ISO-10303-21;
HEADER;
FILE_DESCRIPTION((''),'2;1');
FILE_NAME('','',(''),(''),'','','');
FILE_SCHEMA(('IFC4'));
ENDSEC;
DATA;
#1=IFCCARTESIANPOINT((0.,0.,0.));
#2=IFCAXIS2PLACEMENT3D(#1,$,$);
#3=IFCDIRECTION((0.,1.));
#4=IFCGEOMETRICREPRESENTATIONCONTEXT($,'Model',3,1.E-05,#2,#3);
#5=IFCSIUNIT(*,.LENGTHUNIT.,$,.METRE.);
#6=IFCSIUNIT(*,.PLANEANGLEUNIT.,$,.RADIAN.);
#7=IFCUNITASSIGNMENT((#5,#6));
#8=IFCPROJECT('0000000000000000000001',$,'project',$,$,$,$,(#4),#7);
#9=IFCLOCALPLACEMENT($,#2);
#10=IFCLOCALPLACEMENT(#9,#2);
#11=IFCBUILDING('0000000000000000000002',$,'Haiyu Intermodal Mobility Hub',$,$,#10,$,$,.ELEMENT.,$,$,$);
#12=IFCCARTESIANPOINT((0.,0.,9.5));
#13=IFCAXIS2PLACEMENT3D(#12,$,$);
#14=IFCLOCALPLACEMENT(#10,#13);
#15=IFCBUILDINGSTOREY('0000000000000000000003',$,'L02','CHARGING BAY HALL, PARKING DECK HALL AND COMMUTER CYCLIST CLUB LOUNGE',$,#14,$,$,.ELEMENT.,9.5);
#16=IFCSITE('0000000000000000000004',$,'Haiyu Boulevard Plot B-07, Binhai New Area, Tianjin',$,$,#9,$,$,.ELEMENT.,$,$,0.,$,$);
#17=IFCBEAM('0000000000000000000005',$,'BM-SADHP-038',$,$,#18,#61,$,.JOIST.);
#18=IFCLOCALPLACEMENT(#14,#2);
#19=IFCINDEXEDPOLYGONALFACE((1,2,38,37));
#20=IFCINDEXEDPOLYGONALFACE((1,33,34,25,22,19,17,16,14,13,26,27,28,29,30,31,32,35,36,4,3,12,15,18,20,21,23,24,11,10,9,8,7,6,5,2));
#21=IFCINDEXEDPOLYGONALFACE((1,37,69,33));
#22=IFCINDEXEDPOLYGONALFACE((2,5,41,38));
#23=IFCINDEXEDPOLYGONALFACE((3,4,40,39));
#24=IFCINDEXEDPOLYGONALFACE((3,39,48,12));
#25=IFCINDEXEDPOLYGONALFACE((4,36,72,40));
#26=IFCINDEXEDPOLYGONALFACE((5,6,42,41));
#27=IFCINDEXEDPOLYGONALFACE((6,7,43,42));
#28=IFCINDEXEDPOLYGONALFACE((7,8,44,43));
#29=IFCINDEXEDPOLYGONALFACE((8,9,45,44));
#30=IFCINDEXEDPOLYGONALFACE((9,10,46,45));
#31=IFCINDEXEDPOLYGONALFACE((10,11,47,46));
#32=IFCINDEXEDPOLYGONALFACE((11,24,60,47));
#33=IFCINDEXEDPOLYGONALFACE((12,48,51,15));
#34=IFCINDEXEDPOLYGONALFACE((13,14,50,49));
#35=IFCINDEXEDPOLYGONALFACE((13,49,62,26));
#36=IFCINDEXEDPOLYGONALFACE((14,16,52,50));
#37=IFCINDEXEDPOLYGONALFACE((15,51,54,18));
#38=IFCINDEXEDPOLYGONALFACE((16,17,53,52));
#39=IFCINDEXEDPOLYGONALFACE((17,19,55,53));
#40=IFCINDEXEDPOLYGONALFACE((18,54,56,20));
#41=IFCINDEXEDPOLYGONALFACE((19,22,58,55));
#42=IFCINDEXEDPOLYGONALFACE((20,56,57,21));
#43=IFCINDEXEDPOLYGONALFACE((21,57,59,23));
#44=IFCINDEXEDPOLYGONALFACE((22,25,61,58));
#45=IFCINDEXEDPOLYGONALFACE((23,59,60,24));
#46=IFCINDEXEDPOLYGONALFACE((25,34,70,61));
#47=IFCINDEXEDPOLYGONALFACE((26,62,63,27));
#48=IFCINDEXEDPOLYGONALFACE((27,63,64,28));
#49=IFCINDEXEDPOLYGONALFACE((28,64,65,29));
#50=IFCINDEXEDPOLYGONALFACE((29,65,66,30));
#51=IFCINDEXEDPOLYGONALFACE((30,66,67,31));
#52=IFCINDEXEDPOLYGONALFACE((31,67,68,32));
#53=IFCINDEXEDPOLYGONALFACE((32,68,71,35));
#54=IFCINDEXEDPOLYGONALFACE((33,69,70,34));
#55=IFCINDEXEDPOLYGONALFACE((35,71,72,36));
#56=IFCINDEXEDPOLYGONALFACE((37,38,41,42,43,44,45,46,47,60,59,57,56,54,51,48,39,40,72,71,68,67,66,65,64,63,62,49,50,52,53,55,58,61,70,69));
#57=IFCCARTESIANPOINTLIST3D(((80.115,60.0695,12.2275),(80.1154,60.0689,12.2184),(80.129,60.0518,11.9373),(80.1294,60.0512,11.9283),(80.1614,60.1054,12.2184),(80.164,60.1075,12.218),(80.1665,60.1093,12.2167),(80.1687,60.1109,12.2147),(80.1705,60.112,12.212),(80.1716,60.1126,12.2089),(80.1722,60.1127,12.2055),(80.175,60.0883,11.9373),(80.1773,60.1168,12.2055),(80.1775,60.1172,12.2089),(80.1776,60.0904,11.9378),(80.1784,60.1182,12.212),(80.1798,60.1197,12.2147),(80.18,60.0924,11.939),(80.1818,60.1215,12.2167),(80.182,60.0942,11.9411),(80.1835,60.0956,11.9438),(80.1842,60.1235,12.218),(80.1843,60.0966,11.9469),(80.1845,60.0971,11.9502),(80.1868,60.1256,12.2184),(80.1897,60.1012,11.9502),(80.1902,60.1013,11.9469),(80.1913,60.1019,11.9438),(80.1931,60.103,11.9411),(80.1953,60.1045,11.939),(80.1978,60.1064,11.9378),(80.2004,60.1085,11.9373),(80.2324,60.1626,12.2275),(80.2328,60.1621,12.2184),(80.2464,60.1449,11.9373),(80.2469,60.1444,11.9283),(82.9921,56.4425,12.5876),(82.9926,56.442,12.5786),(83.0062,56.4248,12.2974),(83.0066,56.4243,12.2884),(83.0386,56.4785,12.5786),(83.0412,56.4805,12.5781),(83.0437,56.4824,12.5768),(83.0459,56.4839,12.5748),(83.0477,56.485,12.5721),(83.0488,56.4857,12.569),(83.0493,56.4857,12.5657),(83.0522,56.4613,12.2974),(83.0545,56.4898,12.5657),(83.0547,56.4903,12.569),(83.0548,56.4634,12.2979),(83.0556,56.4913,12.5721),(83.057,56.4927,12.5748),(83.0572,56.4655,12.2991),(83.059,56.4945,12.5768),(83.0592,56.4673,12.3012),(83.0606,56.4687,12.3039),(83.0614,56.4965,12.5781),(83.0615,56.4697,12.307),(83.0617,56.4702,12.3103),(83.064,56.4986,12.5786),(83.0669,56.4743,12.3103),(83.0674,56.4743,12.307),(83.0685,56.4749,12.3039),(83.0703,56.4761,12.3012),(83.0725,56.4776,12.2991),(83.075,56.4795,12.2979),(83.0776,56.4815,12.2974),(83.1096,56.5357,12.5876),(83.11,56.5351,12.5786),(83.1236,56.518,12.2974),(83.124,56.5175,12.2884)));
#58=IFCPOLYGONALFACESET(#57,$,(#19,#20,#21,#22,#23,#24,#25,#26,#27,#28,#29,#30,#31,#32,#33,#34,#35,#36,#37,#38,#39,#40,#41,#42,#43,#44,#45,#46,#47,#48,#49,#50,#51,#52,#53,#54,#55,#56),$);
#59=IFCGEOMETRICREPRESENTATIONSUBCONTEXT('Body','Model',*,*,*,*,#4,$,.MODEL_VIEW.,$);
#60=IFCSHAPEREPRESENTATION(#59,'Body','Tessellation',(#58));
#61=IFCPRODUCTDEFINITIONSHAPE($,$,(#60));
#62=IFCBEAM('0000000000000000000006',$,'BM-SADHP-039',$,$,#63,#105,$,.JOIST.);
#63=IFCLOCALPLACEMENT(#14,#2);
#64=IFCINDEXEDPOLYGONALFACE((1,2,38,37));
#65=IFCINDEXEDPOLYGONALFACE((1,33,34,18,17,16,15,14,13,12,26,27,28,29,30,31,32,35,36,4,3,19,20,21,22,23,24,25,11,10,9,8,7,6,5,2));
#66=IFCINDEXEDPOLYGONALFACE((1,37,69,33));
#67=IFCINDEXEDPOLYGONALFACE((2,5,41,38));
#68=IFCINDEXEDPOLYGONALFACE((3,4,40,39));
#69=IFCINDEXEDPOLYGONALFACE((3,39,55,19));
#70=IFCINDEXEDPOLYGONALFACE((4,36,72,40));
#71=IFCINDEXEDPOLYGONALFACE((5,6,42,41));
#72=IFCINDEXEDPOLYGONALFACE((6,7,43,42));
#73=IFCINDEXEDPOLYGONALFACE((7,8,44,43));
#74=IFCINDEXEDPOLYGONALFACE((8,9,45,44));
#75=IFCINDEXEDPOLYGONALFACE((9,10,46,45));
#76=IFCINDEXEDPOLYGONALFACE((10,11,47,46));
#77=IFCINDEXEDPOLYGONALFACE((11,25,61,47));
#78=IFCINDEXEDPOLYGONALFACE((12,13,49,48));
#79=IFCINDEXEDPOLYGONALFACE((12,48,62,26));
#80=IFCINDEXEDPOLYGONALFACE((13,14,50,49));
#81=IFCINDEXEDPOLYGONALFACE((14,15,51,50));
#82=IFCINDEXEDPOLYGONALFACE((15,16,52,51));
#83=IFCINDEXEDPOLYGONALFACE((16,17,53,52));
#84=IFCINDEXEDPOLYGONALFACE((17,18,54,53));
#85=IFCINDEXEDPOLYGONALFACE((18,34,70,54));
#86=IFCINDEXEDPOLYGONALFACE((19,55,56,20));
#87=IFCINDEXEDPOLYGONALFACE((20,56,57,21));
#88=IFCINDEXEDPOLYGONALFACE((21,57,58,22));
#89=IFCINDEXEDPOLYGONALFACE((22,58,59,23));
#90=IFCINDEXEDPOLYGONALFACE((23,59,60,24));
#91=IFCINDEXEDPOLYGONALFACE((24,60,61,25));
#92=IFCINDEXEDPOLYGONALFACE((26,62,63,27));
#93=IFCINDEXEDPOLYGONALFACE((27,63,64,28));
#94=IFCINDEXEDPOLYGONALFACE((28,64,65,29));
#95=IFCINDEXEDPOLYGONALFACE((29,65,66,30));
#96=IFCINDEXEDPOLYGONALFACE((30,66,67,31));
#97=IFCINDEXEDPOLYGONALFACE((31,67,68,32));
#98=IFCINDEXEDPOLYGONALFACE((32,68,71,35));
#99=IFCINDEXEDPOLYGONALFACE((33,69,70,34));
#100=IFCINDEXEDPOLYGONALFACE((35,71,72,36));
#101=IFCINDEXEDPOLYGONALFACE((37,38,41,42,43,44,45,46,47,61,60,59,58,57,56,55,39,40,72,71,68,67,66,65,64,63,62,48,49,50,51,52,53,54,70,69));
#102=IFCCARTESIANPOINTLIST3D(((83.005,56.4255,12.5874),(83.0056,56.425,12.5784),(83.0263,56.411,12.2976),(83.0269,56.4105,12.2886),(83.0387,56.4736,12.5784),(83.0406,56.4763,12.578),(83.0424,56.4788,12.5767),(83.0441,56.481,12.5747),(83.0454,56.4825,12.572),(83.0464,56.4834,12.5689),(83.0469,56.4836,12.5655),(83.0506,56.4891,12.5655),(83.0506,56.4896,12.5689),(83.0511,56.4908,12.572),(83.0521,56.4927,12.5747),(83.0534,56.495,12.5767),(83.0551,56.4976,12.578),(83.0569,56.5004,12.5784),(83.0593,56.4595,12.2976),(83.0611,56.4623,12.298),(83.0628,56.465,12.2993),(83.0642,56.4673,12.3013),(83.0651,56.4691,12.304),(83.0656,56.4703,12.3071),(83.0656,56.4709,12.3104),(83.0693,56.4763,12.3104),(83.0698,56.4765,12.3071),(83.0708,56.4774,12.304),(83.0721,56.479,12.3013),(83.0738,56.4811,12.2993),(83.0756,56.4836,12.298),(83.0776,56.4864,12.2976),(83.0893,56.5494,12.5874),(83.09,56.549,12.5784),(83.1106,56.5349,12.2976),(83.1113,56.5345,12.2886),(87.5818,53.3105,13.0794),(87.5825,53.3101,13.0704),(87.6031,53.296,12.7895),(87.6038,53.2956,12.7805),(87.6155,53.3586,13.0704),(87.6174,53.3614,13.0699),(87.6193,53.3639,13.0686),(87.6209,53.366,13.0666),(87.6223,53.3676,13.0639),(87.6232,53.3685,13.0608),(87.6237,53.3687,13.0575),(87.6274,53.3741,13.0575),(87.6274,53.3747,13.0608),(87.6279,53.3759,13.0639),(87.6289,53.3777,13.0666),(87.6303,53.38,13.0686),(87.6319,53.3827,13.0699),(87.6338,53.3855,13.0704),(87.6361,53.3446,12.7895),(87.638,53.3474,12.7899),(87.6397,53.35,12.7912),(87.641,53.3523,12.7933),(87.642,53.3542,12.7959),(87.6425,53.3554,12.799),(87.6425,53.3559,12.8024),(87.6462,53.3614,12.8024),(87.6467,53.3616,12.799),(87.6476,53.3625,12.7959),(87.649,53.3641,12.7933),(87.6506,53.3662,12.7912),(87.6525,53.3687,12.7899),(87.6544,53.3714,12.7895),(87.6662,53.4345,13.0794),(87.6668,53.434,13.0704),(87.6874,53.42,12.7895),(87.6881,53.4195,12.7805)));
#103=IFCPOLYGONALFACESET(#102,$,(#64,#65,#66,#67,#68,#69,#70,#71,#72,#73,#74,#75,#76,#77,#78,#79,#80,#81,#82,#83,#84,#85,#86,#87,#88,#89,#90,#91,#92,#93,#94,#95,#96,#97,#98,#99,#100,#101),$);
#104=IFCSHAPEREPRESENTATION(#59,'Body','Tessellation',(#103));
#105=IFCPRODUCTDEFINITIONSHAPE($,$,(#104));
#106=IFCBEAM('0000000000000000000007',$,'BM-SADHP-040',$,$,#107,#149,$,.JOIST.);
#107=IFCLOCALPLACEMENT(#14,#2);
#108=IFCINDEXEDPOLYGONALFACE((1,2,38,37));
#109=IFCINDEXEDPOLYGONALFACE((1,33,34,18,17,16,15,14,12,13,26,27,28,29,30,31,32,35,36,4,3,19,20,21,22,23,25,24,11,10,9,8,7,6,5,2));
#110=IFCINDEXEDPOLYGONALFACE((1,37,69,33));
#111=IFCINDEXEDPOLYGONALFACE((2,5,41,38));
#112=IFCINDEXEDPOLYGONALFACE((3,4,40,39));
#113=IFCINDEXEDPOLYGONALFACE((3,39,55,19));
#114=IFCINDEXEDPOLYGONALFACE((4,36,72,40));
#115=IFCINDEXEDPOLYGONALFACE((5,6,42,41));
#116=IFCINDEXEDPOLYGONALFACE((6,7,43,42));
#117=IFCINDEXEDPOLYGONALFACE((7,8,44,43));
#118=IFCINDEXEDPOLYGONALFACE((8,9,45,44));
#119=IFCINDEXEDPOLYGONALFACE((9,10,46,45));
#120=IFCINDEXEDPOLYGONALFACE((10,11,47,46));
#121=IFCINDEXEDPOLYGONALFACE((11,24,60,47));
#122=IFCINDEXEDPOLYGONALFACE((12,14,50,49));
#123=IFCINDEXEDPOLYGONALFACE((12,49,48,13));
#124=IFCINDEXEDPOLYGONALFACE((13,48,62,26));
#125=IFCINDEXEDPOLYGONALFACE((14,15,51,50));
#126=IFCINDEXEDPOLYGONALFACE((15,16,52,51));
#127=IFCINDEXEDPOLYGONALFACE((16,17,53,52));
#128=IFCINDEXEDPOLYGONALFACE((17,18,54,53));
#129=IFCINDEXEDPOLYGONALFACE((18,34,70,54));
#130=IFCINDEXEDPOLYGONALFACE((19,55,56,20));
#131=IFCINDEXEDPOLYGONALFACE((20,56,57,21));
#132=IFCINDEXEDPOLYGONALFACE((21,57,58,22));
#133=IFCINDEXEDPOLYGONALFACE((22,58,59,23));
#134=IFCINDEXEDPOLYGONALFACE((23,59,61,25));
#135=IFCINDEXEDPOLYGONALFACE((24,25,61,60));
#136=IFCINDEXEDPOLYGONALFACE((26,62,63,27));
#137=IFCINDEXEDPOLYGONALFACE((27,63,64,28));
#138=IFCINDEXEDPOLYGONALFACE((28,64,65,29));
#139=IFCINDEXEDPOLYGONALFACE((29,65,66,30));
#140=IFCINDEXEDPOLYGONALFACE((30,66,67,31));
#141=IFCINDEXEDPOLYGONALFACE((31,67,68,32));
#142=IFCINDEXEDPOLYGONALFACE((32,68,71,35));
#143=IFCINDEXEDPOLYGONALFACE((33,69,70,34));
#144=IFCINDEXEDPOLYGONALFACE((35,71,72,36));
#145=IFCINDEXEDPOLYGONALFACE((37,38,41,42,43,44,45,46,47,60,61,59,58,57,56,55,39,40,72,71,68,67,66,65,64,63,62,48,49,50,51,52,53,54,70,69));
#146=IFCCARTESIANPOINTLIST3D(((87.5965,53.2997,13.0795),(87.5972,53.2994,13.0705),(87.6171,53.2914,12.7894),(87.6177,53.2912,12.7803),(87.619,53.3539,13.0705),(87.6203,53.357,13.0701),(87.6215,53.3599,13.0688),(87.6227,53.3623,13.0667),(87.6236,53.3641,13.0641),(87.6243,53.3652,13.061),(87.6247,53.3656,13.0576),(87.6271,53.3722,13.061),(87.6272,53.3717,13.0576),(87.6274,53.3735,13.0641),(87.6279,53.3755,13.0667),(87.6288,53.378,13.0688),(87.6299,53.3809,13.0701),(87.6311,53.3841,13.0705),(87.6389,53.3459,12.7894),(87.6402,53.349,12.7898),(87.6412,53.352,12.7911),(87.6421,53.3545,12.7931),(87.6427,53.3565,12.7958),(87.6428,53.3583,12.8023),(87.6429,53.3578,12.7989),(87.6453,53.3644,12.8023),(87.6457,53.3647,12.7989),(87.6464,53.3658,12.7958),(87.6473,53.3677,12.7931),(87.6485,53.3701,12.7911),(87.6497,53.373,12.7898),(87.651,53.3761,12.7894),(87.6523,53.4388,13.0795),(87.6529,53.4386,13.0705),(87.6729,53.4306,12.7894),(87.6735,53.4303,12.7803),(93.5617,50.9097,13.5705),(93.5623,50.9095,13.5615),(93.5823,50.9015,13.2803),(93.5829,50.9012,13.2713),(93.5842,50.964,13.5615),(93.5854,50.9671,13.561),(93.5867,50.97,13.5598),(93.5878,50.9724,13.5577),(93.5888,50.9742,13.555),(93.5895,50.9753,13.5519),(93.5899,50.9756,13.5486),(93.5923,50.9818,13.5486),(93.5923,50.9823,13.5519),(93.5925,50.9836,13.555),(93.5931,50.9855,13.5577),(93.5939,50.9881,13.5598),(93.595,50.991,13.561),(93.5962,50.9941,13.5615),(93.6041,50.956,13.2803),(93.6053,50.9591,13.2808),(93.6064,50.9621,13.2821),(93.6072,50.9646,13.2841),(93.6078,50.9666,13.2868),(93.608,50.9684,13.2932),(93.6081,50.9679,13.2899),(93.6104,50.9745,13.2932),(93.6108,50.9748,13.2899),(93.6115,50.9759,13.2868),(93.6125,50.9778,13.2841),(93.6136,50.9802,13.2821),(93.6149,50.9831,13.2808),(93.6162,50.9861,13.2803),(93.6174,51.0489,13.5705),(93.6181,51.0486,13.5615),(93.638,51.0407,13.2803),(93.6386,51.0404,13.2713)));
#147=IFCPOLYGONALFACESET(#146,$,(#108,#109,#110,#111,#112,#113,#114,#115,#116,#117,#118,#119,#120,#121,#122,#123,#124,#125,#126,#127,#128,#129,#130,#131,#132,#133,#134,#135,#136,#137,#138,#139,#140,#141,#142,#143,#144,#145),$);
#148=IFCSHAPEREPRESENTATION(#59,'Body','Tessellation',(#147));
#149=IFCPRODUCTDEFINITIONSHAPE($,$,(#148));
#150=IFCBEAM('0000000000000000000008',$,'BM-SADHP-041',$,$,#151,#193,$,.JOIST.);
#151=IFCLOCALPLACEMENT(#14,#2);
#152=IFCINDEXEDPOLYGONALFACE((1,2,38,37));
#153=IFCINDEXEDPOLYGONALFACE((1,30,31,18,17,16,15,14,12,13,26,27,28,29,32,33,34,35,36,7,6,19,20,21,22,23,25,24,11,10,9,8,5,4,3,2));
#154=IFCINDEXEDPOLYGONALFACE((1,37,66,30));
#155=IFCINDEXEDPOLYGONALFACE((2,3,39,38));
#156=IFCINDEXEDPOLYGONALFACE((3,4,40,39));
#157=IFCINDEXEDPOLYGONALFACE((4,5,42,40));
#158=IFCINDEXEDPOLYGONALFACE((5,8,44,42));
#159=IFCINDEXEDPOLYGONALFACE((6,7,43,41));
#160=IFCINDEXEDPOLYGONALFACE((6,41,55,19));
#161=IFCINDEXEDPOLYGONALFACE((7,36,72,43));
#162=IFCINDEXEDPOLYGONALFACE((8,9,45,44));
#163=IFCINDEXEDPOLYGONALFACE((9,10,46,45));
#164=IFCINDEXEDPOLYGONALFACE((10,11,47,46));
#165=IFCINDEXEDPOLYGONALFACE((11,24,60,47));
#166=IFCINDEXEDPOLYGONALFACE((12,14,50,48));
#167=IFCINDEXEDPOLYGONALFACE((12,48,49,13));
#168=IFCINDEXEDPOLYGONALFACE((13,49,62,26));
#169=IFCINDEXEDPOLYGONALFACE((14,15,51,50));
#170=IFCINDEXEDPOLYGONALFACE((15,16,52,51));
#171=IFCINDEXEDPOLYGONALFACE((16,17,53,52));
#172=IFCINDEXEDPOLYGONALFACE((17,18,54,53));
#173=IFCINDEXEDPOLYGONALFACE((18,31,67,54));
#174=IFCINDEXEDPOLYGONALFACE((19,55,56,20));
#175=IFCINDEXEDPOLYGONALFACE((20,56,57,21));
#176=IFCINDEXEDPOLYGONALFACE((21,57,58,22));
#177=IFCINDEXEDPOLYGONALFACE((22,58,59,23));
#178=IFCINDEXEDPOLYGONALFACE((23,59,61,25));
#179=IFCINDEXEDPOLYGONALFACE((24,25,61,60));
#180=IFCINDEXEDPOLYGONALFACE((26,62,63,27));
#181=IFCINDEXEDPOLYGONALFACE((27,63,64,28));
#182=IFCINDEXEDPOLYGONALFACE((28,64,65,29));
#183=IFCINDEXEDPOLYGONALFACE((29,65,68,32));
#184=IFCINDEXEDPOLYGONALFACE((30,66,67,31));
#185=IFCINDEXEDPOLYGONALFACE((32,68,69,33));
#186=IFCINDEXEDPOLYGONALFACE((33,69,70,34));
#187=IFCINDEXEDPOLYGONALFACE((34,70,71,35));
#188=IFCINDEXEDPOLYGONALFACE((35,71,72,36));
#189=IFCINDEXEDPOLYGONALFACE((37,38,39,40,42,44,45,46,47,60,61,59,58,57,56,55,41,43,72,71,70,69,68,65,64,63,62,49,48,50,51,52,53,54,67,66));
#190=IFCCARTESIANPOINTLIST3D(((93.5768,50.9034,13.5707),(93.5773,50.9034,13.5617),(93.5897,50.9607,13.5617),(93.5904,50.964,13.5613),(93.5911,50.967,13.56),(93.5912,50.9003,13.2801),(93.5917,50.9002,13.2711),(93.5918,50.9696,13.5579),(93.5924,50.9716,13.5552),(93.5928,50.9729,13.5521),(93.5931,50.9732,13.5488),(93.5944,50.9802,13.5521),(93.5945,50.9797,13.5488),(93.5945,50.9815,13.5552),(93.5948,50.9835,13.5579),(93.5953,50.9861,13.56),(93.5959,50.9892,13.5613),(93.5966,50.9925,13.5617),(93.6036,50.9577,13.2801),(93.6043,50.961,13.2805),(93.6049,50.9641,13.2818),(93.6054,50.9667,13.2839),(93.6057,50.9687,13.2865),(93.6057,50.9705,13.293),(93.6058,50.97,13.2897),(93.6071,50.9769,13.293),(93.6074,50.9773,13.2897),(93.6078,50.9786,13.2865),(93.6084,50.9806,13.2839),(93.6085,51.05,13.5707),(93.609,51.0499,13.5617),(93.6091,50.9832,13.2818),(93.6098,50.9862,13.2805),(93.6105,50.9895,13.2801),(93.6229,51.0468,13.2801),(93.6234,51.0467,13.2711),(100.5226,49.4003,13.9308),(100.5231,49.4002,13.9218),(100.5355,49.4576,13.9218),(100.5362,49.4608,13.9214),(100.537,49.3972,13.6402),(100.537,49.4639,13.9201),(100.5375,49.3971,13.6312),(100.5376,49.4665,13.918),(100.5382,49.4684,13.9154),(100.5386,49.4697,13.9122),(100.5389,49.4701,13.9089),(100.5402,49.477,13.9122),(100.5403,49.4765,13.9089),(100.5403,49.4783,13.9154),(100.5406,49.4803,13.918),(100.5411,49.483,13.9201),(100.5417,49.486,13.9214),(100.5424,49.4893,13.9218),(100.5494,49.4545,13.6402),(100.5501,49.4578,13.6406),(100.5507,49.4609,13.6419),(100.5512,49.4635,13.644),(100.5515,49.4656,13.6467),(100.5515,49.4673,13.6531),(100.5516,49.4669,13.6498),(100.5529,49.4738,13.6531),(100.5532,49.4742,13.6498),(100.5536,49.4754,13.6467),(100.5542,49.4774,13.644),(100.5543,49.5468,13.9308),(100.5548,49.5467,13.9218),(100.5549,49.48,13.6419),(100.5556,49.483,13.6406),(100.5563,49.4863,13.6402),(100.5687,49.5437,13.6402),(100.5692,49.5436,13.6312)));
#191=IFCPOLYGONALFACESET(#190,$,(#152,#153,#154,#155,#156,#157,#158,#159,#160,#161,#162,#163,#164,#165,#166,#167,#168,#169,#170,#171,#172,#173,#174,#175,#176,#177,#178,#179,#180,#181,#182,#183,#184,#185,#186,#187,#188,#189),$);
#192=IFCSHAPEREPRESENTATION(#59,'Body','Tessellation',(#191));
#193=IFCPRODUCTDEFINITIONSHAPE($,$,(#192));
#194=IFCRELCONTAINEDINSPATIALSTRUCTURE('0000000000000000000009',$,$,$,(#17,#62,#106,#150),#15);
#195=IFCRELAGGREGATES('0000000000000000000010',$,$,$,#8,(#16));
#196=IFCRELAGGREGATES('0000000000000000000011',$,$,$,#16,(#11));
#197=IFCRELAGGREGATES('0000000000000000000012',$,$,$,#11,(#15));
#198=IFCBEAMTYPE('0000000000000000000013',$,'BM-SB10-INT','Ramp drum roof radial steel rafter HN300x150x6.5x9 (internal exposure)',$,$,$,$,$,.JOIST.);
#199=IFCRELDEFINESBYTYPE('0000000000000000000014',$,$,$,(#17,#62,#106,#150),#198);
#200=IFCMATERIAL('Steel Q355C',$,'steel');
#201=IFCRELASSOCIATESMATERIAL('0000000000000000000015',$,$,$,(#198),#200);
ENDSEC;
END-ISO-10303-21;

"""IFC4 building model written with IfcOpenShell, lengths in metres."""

from ifc_helpers import new_model, si_unit, direction, frame, origin, origin_2d, place, context, subcontext, project, spatial, i_section, extrude, material, material_profile, profile_set, type_object, element, save


model = new_model("IFC4")

# Units and contexts
model_context = context("Model", 3, precision=1e-05, world=origin(), true_north=direction((0.0, 1.0)))
body_context = subcontext(model_context, "Body", "Model", "MODEL_VIEW")
ifc_project = project(units=[si_unit("LENGTHUNIT", "METRE"), si_unit("PLANEANGLEUNIT", "RADIAN")], contexts=[model_context])

# Site, building, storey
site_placement = place(None, origin())
site = spatial("IfcSite", under=ifc_project, at=site_placement, Name="Haiyu Boulevard Plot B-07, Binhai New Area, Tianjin", CompositionType="ELEMENT", RefElevation=0.0)
building_placement = place(site_placement, origin())
building = spatial("IfcBuilding", under=site, at=building_placement, Name="Haiyu Intermodal Mobility Hub", CompositionType="ELEMENT")
storey_placement = place(building_placement, frame((0.0, 0.0, 9.5)))
storey = spatial("IfcBuildingStorey", under=building, at=storey_placement, Name="L02", Description="CHARGING BAY HALL, PARKING DECK HALL AND COMMUTER CYCLIST CLUB LOUNGE", CompositionType="ELEMENT", Elevation=9.5)

# Shared definitions
ifc_material_1 = material(Name="Steel Q355C", Category="steel")

# Beams
ifc_material_profile_1 = material_profile(ifc_material_1, i_section(OverallWidth=0.1499, OverallDepth=0.3, WebThickness=0.0066, FlangeThickness=0.009, FilletRadius=0.0129, at=origin_2d()), Name="HN300x150x6.5x9")
ifc_profile_set_1 = profile_set([ifc_material_profile_1], Name="Steel Q355C")
beam_type_1 = type_object("IfcBeamType", Name="BM-SB10-INT", Description="Ramp drum roof radial steel rafter HN300x150x6.5x9 (internal exposure)", PredefinedType="JOIST", material=ifc_profile_set_1)
beam_1_placement = place(storey_placement, frame((80.1809, 60.1069, 12.0779), z_axis=(0.619609, -0.78107, 0.07755), x_axis=(0.78343, 0.621481, 0.0)))
element("IfcBeam", 1, at=beam_1_placement, inside=storey, type_object=beam_type_1, Name="BM-SADHP-038", PredefinedType="JOIST", context=body_context, shape_type="SweptSolid", body=[
    extrude(i_section(OverallWidth=0.1499, OverallDepth=0.3, WebThickness=0.0066, FlangeThickness=0.009, FilletRadius=0.0129, at=origin_2d()), origin(), (0.0, 0.0, 1.0), 4.6436),
])
beam_2_placement = place(storey_placement, frame((83.0581, 56.48, 12.438), z_axis=(0.823456, -0.560435, 0.088508), x_axis=(0.562643, 0.8267, 0.0)))
element("IfcBeam", 2, at=beam_2_placement, inside=storey, type_object=beam_type_1, Name="BM-SADHP-039", PredefinedType="JOIST", context=body_context, shape_type="SweptSolid", body=[
    extrude(i_section(OverallWidth=0.1499, OverallDepth=0.3, WebThickness=0.0066, FlangeThickness=0.009, FilletRadius=0.0129, at=origin_2d()), origin(), (0.0, 0.0, 1.0), 5.5581),
])
beam_3_placement = place(storey_placement, frame((87.635, 53.365, 12.9299), z_axis=(0.925572, -0.370827, 0.076181), x_axis=(0.371908, 0.92827, 0.0)))
element("IfcBeam", 3, at=beam_3_placement, inside=storey, type_object=beam_type_1, Name="BM-SADHP-040", PredefinedType="JOIST", context=body_context, shape_type="SweptSolid", body=[
    extrude(i_section(OverallWidth=0.1499, OverallDepth=0.3, WebThickness=0.0066, FlangeThickness=0.009, FilletRadius=0.0129, at=origin_2d()), origin(), (0.0, 0.0, 1.0), 6.4448),
])
beam_4_placement = place(storey_placement, frame((93.6001, 50.9751, 13.4209), z_axis=(0.976122, -0.211247, 0.050607), x_axis=(0.211518, 0.977374, 0.0)))
element("IfcBeam", 4, at=beam_4_placement, inside=storey, type_object=beam_type_1, Name="BM-SADHP-041", PredefinedType="JOIST", context=body_context, shape_type="SweptSolid", body=[
    extrude(i_section(OverallWidth=0.1499, OverallDepth=0.3, WebThickness=0.0066, FlangeThickness=0.009, FilletRadius=0.0129, at=origin_2d()), origin(), (0.0, 0.0, 1.0), 7.1157),
])

save(model, "model.ifc")
